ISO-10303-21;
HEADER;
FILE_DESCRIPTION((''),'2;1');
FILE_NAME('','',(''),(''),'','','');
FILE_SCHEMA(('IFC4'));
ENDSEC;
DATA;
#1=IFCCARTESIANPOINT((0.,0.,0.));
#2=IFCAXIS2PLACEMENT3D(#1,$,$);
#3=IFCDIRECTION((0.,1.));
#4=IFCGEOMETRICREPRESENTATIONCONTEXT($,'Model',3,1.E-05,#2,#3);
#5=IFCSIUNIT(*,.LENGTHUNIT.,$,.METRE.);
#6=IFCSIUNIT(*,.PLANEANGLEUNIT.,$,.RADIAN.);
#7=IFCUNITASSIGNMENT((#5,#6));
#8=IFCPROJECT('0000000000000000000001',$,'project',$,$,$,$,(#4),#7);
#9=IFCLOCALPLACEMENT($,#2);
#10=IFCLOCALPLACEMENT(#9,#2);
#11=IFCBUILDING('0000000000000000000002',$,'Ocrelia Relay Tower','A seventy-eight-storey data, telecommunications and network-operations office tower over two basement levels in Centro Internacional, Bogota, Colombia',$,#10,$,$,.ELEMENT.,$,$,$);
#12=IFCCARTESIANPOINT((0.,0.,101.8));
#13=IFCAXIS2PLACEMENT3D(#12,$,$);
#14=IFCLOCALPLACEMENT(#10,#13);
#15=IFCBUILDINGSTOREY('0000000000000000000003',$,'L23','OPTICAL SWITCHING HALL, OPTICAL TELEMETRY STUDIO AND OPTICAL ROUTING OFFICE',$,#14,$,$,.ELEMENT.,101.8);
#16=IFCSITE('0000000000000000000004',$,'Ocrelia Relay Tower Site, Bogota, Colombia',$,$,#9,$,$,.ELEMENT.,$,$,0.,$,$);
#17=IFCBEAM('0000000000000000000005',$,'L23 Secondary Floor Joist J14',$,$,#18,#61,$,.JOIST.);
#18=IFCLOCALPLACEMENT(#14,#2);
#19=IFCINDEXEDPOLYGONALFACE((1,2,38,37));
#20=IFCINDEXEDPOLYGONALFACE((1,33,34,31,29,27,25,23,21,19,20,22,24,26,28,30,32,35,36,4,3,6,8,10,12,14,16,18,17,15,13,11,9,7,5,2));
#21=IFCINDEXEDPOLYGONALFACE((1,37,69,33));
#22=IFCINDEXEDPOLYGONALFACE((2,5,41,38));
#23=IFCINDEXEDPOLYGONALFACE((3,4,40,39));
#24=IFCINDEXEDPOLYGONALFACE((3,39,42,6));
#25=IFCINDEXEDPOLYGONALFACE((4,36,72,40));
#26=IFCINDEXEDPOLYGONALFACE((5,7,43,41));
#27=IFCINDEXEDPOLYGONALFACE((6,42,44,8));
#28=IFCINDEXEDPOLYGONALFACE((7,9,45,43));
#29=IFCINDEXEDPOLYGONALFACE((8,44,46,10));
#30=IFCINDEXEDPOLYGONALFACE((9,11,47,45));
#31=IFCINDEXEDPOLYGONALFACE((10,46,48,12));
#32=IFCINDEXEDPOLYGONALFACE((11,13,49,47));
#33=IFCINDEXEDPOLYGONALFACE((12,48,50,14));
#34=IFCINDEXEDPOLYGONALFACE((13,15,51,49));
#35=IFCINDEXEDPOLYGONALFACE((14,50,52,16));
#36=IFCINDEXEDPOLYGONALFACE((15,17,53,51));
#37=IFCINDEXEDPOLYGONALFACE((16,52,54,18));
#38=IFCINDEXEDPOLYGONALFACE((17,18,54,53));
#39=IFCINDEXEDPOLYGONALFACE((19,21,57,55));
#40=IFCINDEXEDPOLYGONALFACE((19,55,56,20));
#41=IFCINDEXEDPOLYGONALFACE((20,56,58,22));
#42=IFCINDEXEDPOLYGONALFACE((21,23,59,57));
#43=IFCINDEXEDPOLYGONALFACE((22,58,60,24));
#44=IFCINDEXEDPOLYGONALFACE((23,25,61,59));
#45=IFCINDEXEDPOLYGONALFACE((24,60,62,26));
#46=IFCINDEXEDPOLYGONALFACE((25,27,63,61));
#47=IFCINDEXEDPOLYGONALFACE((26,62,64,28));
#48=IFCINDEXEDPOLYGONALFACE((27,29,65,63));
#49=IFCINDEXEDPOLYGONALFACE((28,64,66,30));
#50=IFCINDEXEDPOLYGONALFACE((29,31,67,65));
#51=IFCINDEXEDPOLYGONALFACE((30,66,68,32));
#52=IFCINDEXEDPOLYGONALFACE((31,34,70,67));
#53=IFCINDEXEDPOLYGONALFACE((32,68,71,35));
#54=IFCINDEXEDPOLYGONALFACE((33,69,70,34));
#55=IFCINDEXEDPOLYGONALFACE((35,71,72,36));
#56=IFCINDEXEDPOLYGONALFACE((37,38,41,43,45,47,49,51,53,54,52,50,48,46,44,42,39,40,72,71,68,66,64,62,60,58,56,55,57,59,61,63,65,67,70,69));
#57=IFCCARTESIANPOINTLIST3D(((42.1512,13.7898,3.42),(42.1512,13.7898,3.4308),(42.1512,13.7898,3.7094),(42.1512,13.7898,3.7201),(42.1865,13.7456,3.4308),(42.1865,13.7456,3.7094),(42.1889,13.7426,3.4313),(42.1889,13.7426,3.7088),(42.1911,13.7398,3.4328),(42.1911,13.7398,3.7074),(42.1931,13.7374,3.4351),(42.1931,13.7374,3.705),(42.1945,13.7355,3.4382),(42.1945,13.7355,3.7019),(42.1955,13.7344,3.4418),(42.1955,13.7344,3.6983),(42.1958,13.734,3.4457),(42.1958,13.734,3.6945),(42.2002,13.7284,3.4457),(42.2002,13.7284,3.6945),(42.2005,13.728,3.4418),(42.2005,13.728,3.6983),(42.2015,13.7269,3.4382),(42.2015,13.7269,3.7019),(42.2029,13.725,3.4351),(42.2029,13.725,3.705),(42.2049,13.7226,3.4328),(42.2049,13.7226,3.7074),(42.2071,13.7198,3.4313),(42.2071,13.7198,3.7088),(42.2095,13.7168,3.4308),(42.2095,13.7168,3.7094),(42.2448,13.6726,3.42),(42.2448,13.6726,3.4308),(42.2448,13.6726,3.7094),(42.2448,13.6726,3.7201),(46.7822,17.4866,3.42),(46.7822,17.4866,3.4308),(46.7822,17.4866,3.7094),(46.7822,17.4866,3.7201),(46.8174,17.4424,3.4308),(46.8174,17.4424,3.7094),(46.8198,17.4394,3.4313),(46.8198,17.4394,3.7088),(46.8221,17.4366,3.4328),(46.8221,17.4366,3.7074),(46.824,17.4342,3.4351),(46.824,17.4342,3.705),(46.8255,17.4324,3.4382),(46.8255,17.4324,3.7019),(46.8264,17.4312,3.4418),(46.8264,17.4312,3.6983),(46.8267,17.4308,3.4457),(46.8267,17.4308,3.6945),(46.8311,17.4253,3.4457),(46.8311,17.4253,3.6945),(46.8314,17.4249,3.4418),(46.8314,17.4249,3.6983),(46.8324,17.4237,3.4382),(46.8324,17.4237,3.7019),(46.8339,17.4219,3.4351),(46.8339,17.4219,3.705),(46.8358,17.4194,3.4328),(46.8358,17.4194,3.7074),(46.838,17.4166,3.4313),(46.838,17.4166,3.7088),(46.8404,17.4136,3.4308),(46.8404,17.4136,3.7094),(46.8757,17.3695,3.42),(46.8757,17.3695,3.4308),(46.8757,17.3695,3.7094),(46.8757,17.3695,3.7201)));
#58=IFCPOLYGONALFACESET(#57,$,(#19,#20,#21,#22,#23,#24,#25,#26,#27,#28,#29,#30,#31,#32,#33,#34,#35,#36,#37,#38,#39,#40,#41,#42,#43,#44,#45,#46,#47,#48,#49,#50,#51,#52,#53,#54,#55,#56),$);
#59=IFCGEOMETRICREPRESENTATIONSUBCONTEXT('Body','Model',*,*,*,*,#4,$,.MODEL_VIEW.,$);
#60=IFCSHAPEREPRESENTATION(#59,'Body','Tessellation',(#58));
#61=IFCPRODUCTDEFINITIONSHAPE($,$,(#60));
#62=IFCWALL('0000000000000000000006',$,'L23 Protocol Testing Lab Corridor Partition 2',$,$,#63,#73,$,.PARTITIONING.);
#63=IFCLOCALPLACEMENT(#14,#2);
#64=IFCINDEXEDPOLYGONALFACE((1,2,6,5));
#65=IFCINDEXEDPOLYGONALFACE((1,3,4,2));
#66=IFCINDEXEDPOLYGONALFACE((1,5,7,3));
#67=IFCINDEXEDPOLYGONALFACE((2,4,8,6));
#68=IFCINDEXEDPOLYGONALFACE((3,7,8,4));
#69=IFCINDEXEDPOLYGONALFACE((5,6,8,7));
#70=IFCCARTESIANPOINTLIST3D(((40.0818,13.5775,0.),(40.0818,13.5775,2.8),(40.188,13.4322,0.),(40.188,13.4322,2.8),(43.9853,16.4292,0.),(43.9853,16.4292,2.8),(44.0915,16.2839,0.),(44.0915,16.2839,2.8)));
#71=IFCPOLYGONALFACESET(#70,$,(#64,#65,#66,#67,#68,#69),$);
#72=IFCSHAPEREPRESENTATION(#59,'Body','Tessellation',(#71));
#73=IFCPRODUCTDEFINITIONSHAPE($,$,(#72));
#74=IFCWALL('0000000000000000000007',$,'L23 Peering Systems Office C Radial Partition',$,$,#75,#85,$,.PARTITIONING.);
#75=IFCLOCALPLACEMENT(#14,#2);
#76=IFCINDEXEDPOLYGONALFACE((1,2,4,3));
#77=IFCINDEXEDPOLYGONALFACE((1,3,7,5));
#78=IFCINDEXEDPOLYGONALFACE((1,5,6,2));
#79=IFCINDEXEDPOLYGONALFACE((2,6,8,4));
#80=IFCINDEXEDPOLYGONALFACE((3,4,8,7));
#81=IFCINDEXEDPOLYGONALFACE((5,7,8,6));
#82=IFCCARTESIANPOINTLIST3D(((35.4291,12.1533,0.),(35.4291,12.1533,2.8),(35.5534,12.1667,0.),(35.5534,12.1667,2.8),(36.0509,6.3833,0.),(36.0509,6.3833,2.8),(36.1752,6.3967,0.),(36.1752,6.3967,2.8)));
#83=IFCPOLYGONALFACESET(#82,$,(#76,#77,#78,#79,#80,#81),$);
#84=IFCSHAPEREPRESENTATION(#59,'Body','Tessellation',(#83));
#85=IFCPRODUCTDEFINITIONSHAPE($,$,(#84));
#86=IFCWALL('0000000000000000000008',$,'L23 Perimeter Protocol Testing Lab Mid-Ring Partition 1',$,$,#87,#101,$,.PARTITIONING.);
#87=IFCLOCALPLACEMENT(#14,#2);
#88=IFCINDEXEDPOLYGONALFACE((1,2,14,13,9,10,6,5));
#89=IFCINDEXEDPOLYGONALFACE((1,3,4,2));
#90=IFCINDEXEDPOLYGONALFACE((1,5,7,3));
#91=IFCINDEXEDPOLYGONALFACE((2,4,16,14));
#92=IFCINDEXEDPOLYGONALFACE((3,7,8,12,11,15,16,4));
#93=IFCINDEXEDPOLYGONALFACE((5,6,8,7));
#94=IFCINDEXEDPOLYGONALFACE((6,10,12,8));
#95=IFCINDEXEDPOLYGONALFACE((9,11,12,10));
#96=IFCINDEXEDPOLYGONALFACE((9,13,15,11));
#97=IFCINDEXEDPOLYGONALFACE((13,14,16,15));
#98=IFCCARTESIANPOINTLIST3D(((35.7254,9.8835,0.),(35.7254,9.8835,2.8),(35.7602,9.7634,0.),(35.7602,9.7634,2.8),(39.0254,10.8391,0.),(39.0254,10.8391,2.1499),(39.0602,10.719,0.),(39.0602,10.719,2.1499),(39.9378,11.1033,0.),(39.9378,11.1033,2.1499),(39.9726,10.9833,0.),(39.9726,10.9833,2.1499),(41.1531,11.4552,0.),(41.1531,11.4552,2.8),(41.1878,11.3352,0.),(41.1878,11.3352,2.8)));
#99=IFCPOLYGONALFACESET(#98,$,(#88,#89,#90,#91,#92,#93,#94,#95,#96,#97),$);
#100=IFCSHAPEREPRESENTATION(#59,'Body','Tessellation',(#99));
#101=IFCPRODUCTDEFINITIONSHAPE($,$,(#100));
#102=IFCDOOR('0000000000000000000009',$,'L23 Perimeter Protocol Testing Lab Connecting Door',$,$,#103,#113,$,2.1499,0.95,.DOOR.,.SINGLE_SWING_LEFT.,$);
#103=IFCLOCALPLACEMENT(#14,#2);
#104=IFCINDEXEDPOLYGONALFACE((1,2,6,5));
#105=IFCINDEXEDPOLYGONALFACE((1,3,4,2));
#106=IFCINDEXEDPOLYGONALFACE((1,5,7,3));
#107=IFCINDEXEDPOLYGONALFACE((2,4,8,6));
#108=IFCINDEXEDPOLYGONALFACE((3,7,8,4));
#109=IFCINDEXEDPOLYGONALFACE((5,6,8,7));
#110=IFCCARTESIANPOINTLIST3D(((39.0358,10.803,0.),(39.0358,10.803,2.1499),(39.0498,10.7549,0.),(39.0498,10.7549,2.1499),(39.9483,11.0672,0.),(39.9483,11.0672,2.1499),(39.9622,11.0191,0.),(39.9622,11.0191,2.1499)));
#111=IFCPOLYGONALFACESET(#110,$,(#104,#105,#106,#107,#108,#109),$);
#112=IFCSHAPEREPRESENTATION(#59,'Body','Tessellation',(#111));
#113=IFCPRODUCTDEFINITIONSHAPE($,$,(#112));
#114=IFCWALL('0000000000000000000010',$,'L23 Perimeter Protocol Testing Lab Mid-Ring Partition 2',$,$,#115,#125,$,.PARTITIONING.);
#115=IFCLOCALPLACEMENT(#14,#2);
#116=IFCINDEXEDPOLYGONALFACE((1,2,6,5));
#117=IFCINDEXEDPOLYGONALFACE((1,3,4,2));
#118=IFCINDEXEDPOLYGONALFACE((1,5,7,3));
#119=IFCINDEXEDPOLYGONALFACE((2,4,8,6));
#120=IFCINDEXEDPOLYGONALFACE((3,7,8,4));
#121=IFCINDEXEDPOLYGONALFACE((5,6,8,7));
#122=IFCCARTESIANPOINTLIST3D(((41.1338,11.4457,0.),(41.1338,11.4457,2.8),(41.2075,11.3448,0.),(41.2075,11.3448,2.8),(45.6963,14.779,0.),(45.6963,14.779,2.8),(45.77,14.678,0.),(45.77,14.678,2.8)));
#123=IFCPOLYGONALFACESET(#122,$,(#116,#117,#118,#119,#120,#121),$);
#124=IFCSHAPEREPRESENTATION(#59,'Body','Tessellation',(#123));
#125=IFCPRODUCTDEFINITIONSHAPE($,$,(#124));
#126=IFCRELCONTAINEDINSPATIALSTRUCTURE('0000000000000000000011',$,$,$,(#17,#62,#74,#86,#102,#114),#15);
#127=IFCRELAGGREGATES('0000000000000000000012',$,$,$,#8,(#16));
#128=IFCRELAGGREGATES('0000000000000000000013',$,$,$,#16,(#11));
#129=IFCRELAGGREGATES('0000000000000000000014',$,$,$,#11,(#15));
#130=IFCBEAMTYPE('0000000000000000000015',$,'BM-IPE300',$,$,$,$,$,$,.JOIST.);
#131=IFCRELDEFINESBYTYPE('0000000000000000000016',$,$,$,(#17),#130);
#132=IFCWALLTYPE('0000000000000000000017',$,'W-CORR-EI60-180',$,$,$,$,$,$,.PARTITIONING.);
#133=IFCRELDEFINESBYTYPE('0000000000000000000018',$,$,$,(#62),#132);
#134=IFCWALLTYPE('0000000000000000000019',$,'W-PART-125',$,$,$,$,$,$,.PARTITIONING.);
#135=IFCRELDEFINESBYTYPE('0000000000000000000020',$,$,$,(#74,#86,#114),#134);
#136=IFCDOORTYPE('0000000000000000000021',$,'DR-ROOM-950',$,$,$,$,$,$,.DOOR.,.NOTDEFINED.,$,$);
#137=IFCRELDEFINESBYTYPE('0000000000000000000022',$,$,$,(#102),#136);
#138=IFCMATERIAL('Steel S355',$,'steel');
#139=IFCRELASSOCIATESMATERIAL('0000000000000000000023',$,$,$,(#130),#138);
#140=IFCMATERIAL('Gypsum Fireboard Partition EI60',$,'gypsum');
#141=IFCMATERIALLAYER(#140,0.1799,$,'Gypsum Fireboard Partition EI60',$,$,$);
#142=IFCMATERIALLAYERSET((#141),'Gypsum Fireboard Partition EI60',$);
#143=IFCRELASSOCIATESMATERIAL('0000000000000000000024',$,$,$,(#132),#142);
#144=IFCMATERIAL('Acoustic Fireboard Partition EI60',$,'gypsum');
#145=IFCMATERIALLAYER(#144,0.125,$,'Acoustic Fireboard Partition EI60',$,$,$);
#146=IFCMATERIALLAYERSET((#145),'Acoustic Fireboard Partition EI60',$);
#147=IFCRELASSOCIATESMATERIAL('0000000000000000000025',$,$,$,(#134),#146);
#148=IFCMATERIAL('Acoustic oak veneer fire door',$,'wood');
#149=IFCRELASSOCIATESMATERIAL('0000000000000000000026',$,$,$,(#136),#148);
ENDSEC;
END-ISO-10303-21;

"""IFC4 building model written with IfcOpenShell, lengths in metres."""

from ifc_helpers import new_model, si_unit, direction, frame, frame_2d, origin, origin_2d, place, context, subcontext, project, spatial, rectangle, i_section, extrude, material, layer, layer_set, material_profile, profile_set, type_object, element, fill, save


model = new_model("IFC4")

# Units and contexts
model_context = context("Model", 3, precision=1e-05, world=origin(), true_north=direction((0.0, 1.0)))
body_context = subcontext(model_context, "Body", "Model", "MODEL_VIEW")
ifc_project = project(units=[si_unit("LENGTHUNIT", "METRE"), si_unit("PLANEANGLEUNIT", "RADIAN")], contexts=[model_context])

# Site, building, storey
site_placement = place(None, origin())
site = spatial("IfcSite", under=ifc_project, at=site_placement, Name="Ocrelia Relay Tower Site, Bogota, Colombia", CompositionType="ELEMENT", RefElevation=0.0)
building_placement = place(site_placement, origin())
building = spatial("IfcBuilding", under=site, at=building_placement, Name="Ocrelia Relay Tower", Description="A seventy-eight-storey data, telecommunications and network-operations office tower over two basement levels in Centro Internacional, Bogota, Colombia", CompositionType="ELEMENT")
storey_placement = place(building_placement, frame((0.0, 0.0, 101.8)))
storey = spatial("IfcBuildingStorey", under=building, at=storey_placement, Name="L23", Description="OPTICAL SWITCHING HALL, OPTICAL TELEMETRY STUDIO AND OPTICAL ROUTING OFFICE", CompositionType="ELEMENT", Elevation=101.8)

# Beam
ifc_material_1 = material(Name="Steel S355", Category="steel")
ifc_material_profile_1 = material_profile(ifc_material_1, i_section(OverallWidth=0.1499, OverallDepth=0.3, WebThickness=0.0071, FlangeThickness=0.0107, FilletRadius=0.0149, at=origin_2d()), Name="IPE 300")
ifc_profile_set_1 = profile_set([ifc_material_profile_1], Name="Steel S355")
beam_type_1 = type_object("IfcBeamType", Name="BM-IPE300", PredefinedType="JOIST", material=ifc_profile_set_1)
beam_1_placement = place(storey_placement, frame((42.198, 13.7312, 3.5701), z_axis=(0.78152, 0.623881, 0.0), x_axis=(-0.623881, 0.78152, 0.0)))
element("IfcBeam", 1, at=beam_1_placement, inside=storey, type_object=beam_type_1, Name="L23 Secondary Floor Joist J14", PredefinedType="JOIST", context=body_context, shape_type="SweptSolid", body=[
    extrude(i_section(OverallWidth=0.1499, OverallDepth=0.3, WebThickness=0.0071, FlangeThickness=0.0107, FilletRadius=0.0149, at=origin_2d()), origin(), (0.0, 0.0, 1.0), 5.9255),
])

# Shared definitions
ifc_material_2 = material(Name="Gypsum Fireboard Partition EI60", Category="gypsum")
ifc_layer_1 = layer(ifc_material_2, 0.1799, Name="Gypsum Fireboard Partition EI60")
ifc_layer_set_1 = layer_set([ifc_layer_1], Name="Gypsum Fireboard Partition EI60")
wall_type_1 = type_object("IfcWallType", Name="W-CORR-EI60-180", PredefinedType="PARTITIONING", material=ifc_layer_set_1)
ifc_material_3 = material(Name="Acoustic oak veneer fire door", Category="wood")

# Wall
wall_1_placement = place(storey_placement, frame((40.135, 13.5049, 0.0), z_axis=(0.0, 0.0, 1.0), x_axis=(0.80747, 0.589909, 0.0)))
element("IfcWall", 2, at=wall_1_placement, inside=storey, type_object=wall_type_1, Name="L23 Protocol Testing Lab Corridor Partition 2", PredefinedType="PARTITIONING", context=body_context, shape_type="SweptSolid", body=[
    extrude(rectangle(XDim=4.8342, YDim=0.1799, at=frame_2d((2.417, 0.0))), origin(), (0.0, 0.0, 1.0), 2.8),
])

# Wall
ifc_material_4 = material(Name="Acoustic Fireboard Partition EI60", Category="gypsum")
ifc_layer_2 = layer(ifc_material_4, 0.125, Name="Acoustic Fireboard Partition EI60")
ifc_layer_set_2 = layer_set([ifc_layer_2], Name="Acoustic Fireboard Partition EI60")
wall_type_2 = type_object("IfcWallType", Name="W-PART-125", PredefinedType="PARTITIONING", material=ifc_layer_set_2)
wall_2_placement = place(storey_placement, frame((35.4912, 12.1602, 0.0), z_axis=(0.0, 0.0, 1.0), x_axis=(0.107148, -0.994243, 0.0)))
element("IfcWall", 3, at=wall_2_placement, inside=storey, type_object=wall_type_2, Name="L23 Peering Systems Office C Radial Partition", PredefinedType="PARTITIONING", context=body_context, shape_type="SweptSolid", body=[
    extrude(rectangle(XDim=5.8035, YDim=0.125, at=frame_2d((2.9019, 0.0))), origin(), (0.0, 0.0, 1.0), 2.8),
])

# Wall, opening, door
wall_3_placement = place(storey_placement, frame((35.7429, 9.8235, 0.0), z_axis=(0.0, 0.0, 1.0), x_axis=(0.960536, 0.278155, 0.0)))
wall_3 = element("IfcWall", 4, at=wall_3_placement, inside=storey, type_object=wall_type_2, Name="L23 Perimeter Protocol Testing Lab Mid-Ring Partition 1", PredefinedType="PARTITIONING", context=body_context, shape_type="SweptSolid", body=[
    extrude(rectangle(XDim=5.6506, YDim=0.125, at=frame_2d((2.8252, 0.0))), origin(), (0.0, 0.0, 1.0), 2.8),
])
opening_1_placement = place(wall_3_placement, frame((3.4353, 0.0, 0.0)))
opening_1 = element("IfcOpeningElement", 5, at=opening_1_placement, cuts=wall_3, PredefinedType="OPENING", context=body_context, shape_type="SweptSolid", body=[
    extrude(rectangle(XDim=0.95, YDim=2.1499, at=frame_2d((0.4751, 1.075))), frame((0.0, 0.0725, 0.0), z_axis=(0.0, -1.0, 0.0), x_axis=(1.0, 0.0, 0.0)), (0.0, 0.0, 1.0), 0.145),
])
door_type_1 = type_object("IfcDoorType", Name="DR-ROOM-950", OperationType="NOTDEFINED", PredefinedType="DOOR", material=ifc_material_3)
door_1_placement = place(opening_1_placement, origin())
door_1 = element("IfcDoor", 6, at=door_1_placement, inside=storey, type_object=door_type_1, Name="L23 Perimeter Protocol Testing Lab Connecting Door", OperationType="SINGLE_SWING_LEFT", OverallHeight=2.1499, OverallWidth=0.95, PredefinedType="DOOR", context=body_context, shape_type="SweptSolid", body=[
    extrude(rectangle(XDim=0.95, YDim=2.1499, at=frame_2d((0.4751, 1.075))), frame((0.0, 0.0249, 0.0), z_axis=(0.0, -1.0, 0.0), x_axis=(1.0, 0.0, 0.0)), (0.0, 0.0, 1.0), 0.05),
])
fill(opening_1, door_1)

# Wall
wall_4_placement = place(storey_placement, frame((41.1707, 11.3953, 0.0), z_axis=(0.0, 0.0, 1.0), x_axis=(0.807466, 0.589915, 0.0)))
element("IfcWall", 7, at=wall_4_placement, inside=storey, type_object=wall_type_2, Name="L23 Perimeter Protocol Testing Lab Mid-Ring Partition 2", PredefinedType="PARTITIONING", context=body_context, shape_type="SweptSolid", body=[
    extrude(rectangle(XDim=5.6504, YDim=0.125, at=frame_2d((2.8252, 0.0))), origin(), (0.0, 0.0, 1.0), 2.8),
])

save(model, "model.ifc")
